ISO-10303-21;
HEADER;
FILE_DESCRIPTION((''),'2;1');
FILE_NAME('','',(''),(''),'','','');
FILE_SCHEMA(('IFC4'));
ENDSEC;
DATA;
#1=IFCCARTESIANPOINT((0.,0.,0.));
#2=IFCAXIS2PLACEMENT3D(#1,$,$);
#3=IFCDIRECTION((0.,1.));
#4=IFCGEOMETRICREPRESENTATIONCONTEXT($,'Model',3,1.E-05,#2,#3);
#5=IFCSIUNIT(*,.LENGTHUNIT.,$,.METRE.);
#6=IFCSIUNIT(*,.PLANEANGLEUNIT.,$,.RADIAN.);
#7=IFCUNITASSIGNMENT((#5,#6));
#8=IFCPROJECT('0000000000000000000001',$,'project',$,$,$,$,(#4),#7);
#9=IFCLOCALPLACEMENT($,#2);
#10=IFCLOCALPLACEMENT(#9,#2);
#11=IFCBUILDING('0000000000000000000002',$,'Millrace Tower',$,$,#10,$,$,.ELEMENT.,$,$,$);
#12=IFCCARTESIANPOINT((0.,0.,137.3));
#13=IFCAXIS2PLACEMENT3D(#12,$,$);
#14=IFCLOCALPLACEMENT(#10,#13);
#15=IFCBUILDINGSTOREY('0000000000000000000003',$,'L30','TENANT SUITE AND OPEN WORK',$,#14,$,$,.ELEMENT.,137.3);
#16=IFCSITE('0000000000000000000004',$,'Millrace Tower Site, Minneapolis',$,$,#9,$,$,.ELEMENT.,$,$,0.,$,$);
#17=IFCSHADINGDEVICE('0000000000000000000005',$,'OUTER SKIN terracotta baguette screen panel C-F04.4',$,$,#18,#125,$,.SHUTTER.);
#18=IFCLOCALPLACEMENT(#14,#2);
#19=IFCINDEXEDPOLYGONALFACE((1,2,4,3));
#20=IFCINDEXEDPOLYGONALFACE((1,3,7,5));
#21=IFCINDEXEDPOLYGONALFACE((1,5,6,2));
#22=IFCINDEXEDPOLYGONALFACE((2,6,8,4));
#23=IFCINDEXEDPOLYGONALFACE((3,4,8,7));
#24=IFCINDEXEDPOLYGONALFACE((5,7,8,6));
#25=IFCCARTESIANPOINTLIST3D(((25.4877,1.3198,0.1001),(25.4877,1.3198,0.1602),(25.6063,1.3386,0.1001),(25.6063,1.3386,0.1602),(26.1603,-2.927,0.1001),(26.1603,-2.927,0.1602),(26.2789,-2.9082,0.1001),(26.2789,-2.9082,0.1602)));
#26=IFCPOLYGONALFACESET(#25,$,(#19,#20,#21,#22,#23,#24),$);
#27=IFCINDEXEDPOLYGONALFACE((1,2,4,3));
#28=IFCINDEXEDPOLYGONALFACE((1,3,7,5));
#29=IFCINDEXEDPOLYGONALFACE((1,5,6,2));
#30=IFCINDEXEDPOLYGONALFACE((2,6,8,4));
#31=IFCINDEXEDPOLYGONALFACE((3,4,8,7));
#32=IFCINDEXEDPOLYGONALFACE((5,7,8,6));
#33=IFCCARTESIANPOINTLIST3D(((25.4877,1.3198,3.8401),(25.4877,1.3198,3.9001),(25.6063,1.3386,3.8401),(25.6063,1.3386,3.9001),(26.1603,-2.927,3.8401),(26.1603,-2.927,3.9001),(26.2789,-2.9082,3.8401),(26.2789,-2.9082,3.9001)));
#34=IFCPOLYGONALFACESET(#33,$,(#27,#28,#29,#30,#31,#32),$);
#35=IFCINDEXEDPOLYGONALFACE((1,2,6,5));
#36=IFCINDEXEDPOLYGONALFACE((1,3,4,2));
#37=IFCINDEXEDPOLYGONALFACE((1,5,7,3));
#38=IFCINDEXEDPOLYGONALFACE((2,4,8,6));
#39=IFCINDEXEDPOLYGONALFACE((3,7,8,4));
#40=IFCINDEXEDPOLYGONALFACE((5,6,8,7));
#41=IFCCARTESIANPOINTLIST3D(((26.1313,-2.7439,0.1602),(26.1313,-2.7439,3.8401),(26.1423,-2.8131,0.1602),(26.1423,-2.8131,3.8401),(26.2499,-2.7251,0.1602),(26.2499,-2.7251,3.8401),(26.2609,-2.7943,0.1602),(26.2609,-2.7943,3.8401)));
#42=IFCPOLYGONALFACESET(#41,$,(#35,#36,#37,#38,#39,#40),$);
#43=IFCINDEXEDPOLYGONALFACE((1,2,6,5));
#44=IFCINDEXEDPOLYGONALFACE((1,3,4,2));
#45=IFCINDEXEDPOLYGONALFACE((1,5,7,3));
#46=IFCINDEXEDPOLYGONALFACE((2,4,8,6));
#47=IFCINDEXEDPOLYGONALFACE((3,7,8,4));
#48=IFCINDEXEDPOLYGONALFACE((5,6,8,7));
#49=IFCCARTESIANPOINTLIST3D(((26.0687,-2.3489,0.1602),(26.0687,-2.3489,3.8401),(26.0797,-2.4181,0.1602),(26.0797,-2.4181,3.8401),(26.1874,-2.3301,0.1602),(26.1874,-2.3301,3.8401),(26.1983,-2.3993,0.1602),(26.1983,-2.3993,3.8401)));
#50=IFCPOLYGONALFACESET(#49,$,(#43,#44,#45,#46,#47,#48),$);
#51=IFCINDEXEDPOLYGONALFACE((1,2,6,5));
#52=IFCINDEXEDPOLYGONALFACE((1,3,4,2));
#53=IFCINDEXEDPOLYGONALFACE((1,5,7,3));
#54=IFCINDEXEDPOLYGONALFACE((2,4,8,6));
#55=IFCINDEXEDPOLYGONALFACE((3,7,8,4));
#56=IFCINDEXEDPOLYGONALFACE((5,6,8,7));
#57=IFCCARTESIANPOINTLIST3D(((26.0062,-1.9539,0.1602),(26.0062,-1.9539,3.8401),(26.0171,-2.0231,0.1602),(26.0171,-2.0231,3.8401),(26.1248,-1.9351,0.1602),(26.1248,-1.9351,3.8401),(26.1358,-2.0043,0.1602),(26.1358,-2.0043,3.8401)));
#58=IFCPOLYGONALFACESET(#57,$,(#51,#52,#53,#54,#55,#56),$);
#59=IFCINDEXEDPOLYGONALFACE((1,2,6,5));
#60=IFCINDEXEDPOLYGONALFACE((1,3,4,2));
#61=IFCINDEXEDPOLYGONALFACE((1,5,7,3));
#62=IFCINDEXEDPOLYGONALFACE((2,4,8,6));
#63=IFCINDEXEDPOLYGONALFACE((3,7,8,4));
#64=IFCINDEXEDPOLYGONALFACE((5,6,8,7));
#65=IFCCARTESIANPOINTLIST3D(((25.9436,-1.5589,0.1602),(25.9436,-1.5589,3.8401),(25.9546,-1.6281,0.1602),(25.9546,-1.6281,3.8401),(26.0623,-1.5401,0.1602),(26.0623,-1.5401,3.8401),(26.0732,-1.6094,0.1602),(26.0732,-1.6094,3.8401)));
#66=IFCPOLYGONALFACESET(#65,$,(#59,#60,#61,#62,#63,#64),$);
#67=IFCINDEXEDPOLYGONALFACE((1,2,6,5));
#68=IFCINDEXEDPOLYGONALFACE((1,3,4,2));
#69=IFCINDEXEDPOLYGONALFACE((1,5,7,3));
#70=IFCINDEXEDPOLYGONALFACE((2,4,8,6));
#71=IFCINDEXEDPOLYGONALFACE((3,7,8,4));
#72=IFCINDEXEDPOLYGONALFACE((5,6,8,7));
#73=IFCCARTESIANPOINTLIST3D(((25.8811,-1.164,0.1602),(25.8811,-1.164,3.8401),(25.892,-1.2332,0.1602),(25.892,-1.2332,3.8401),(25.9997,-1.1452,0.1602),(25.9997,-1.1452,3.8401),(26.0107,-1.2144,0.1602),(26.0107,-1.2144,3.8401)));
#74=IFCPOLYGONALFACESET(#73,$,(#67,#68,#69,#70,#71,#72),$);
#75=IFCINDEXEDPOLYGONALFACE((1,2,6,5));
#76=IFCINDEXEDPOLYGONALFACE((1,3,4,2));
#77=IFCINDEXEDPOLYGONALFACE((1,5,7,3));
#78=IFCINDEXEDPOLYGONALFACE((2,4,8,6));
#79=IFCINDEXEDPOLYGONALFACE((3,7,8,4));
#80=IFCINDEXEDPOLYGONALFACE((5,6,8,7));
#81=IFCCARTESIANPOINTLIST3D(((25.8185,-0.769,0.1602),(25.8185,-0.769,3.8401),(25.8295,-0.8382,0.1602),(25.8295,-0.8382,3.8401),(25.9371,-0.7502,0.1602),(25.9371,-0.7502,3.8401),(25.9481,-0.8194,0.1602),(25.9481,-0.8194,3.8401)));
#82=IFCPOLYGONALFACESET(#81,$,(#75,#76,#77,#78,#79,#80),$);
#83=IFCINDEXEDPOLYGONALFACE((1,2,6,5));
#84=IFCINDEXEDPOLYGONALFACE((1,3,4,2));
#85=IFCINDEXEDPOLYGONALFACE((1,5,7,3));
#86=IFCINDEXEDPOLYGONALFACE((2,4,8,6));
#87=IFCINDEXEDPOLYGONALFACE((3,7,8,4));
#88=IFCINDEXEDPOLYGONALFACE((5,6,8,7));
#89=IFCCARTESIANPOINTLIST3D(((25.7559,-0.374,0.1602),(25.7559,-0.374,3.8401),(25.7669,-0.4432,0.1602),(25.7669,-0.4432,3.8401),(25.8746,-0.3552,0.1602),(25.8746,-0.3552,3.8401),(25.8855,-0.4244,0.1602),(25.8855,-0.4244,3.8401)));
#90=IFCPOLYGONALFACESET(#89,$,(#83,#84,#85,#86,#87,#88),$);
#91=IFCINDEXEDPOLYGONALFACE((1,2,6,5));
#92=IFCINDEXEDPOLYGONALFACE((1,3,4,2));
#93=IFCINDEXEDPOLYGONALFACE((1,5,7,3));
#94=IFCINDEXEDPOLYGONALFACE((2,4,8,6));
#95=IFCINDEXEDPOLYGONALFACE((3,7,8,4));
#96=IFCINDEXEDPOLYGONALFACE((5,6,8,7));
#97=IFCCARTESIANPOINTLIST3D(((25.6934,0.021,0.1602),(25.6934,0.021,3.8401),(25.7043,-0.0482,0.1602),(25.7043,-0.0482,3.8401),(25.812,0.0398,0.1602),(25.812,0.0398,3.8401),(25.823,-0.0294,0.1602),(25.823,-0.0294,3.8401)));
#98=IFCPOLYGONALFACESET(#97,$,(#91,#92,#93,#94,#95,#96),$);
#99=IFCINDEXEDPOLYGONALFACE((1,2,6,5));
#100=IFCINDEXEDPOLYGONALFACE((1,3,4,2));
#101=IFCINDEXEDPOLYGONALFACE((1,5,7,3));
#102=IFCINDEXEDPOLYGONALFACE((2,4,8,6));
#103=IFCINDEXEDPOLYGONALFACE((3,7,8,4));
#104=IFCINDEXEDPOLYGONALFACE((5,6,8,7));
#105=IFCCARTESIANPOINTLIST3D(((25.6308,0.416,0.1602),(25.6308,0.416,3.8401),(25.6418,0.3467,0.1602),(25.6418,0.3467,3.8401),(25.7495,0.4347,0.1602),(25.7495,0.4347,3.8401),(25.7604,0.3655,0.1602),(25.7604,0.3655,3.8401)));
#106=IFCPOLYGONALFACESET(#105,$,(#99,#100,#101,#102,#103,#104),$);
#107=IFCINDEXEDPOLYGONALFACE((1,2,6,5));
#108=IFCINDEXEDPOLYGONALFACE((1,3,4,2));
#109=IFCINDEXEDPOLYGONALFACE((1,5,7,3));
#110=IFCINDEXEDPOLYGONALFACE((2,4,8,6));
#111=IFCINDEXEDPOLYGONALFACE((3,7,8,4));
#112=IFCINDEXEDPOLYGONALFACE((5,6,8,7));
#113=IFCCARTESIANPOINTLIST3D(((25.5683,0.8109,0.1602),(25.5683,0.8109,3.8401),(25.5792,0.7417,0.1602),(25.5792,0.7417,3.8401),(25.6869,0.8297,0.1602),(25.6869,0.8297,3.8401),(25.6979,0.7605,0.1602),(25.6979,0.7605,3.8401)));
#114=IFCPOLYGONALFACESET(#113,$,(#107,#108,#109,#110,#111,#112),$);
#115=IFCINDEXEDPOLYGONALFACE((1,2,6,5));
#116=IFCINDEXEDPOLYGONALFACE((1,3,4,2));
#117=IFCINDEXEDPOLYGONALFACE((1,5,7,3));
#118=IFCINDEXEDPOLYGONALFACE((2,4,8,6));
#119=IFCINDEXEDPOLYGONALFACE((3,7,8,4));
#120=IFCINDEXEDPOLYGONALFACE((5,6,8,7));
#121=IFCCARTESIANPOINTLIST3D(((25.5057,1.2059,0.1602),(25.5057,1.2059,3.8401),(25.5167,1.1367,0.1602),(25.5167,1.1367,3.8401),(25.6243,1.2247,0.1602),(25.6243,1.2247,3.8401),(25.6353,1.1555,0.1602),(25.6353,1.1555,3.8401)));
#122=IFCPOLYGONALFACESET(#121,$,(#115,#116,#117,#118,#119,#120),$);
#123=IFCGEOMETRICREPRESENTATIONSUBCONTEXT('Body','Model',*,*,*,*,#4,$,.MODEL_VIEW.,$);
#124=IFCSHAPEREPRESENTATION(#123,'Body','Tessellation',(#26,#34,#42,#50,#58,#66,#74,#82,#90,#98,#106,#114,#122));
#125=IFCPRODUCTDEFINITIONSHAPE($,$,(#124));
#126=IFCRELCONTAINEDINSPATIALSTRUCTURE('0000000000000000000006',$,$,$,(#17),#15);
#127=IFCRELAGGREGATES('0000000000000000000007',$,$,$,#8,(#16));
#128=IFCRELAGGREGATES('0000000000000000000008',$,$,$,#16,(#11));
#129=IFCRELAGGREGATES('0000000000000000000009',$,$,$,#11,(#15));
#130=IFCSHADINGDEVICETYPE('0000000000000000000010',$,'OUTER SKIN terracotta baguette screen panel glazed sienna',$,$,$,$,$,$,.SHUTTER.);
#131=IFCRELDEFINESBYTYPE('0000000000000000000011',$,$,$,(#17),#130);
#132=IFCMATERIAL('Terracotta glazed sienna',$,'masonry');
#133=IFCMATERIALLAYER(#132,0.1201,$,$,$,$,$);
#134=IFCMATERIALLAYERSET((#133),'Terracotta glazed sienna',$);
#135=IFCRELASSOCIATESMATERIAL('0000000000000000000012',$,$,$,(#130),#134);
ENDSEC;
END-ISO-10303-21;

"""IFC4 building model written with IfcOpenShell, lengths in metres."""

from ifc_helpers import new_model, entity, si_unit, direction, frame, frame_2d, origin, origin_2d, place, context, subcontext, project, spatial, rectangle, extrude, source, transform, mapped, material, layer, layer_set, type_object, element, save


model = new_model("IFC4")

# Units and contexts
model_context = context("Model", 3, precision=1e-05, world=origin(), true_north=direction((0.0, 1.0)))
body_context = subcontext(model_context, "Body", "Model", "MODEL_VIEW")
ifc_project = project(units=[si_unit("LENGTHUNIT", "METRE"), si_unit("PLANEANGLEUNIT", "RADIAN")], contexts=[model_context])

# Site, building, storey
site_placement = place(None, origin())
site = spatial("IfcSite", under=ifc_project, at=site_placement, Name="Millrace Tower Site, Minneapolis", CompositionType="ELEMENT", RefElevation=0.0)
building_placement = place(site_placement, origin())
building = spatial("IfcBuilding", under=site, at=building_placement, Name="Millrace Tower", CompositionType="ELEMENT")
storey_placement = place(building_placement, frame((0.0, 0.0, 137.3)))
storey = spatial("IfcBuildingStorey", under=building, at=storey_placement, Name="L30", Description="TENANT SUITE AND OPEN WORK", CompositionType="ELEMENT", Elevation=137.3)

# Shading device
ifc_material_1 = material(Name="Terracotta glazed sienna", Category="masonry")
ifc_layer_1 = layer(ifc_material_1, 0.1201)
ifc_layer_set_1 = layer_set([ifc_layer_1], Name="Terracotta glazed sienna")
shading_device_type = type_object("IfcShadingDeviceType", Name="OUTER SKIN terracotta baguette screen panel glazed sienna", PredefinedType="SHUTTER", material=ifc_layer_set_1)
cartesian_point_1 = entity("IfcCartesianPoint", [-2.1499, 0.0601])
shared_polyline_1 = entity("IfcPolyline", [cartesian_point_1, entity("IfcCartesianPoint", [2.1499, 0.0601]), entity("IfcCartesianPoint", [2.1499, -0.0601]), entity("IfcCartesianPoint", [-2.1499, -0.0601]), cartesian_point_1])
shared_shape_1 = source(origin(), body_context, "Body", "SweptSolid", [
    entity("IfcExtrudedAreaSolid", entity("IfcArbitraryClosedProfileDef", "AREA", None, shared_polyline_1), entity("IfcAxis2Placement3D", entity("IfcCartesianPoint", [0.0, 0.0, 0.0])), entity("IfcDirection", [0.0, 0.0, 1.0]), 0.0601),
    entity("IfcExtrudedAreaSolid", entity("IfcArbitraryClosedProfileDef", "AREA", None, shared_polyline_1), entity("IfcAxis2Placement3D", entity("IfcCartesianPoint", [0.0, 0.0, 3.74])), entity("IfcDirection", [0.0, 0.0, 1.0]), 0.0601),
    extrude(rectangle(XDim=0.0701, YDim=0.1201, at=frame_2d((-1.9995, 0.0))), frame((0.0, 0.0, 0.0601)), (0.0, 0.0, 1.0), 3.6799),
    extrude(rectangle(XDim=0.0701, YDim=0.1201, at=frame_2d((-1.5996, 0.0))), frame((0.0, 0.0, 0.0601)), (0.0, 0.0, 1.0), 3.6799),
    extrude(rectangle(XDim=0.0701, YDim=0.1201, at=frame_2d((-1.1997, 0.0))), frame((0.0, 0.0, 0.0601)), (0.0, 0.0, 1.0), 3.6799),
    extrude(rectangle(XDim=0.0701, YDim=0.1201, at=frame_2d((-0.7998, 0.0))), frame((0.0, 0.0, 0.0601)), (0.0, 0.0, 1.0), 3.6799),
    extrude(rectangle(XDim=0.0701, YDim=0.1201, at=frame_2d((-0.3999, 0.0))), frame((0.0, 0.0, 0.0601)), (0.0, 0.0, 1.0), 3.6799),
    extrude(rectangle(XDim=0.0701, YDim=0.1201, at=origin_2d()), frame((0.0, 0.0, 0.0601)), (0.0, 0.0, 1.0), 3.6799),
    extrude(rectangle(XDim=0.0701, YDim=0.1201, at=frame_2d((0.3999, 0.0))), frame((0.0, 0.0, 0.0601)), (0.0, 0.0, 1.0), 3.6799),
    extrude(rectangle(XDim=0.0701, YDim=0.1201, at=frame_2d((0.7998, 0.0))), frame((0.0, 0.0, 0.0601)), (0.0, 0.0, 1.0), 3.6799),
    extrude(rectangle(XDim=0.0701, YDim=0.1201, at=frame_2d((1.1997, 0.0))), frame((0.0, 0.0, 0.0601)), (0.0, 0.0, 1.0), 3.6799),
    extrude(rectangle(XDim=0.0701, YDim=0.1201, at=frame_2d((1.5996, 0.0))), frame((0.0, 0.0, 0.0601)), (0.0, 0.0, 1.0), 3.6799),
    extrude(rectangle(XDim=0.0701, YDim=0.1201, at=frame_2d((1.9995, 0.0))), frame((0.0, 0.0, 0.0601)), (0.0, 0.0, 1.0), 3.6799),
])
for number, where, z_axis, x_axis, name in (
    (1, (25.8833, -0.7942, 0.1001), (0.0, 0.0, 1.0), (-0.156434, 0.987688, 0.0), "OUTER SKIN terracotta baguette screen panel C-F04.4"),
):
    element("IfcShadingDevice", number, at=place(storey_placement, frame(where, z_axis=z_axis, x_axis=x_axis)), inside=storey, type_object=shading_device_type, Name=name, PredefinedType="SHUTTER", context=body_context, shape_type="MappedRepresentation", body=[
        mapped(shared_shape_1, transform((0.0, 0.0, 0.0), scale=1.0)),
    ])

save(model, "model.ifc")
